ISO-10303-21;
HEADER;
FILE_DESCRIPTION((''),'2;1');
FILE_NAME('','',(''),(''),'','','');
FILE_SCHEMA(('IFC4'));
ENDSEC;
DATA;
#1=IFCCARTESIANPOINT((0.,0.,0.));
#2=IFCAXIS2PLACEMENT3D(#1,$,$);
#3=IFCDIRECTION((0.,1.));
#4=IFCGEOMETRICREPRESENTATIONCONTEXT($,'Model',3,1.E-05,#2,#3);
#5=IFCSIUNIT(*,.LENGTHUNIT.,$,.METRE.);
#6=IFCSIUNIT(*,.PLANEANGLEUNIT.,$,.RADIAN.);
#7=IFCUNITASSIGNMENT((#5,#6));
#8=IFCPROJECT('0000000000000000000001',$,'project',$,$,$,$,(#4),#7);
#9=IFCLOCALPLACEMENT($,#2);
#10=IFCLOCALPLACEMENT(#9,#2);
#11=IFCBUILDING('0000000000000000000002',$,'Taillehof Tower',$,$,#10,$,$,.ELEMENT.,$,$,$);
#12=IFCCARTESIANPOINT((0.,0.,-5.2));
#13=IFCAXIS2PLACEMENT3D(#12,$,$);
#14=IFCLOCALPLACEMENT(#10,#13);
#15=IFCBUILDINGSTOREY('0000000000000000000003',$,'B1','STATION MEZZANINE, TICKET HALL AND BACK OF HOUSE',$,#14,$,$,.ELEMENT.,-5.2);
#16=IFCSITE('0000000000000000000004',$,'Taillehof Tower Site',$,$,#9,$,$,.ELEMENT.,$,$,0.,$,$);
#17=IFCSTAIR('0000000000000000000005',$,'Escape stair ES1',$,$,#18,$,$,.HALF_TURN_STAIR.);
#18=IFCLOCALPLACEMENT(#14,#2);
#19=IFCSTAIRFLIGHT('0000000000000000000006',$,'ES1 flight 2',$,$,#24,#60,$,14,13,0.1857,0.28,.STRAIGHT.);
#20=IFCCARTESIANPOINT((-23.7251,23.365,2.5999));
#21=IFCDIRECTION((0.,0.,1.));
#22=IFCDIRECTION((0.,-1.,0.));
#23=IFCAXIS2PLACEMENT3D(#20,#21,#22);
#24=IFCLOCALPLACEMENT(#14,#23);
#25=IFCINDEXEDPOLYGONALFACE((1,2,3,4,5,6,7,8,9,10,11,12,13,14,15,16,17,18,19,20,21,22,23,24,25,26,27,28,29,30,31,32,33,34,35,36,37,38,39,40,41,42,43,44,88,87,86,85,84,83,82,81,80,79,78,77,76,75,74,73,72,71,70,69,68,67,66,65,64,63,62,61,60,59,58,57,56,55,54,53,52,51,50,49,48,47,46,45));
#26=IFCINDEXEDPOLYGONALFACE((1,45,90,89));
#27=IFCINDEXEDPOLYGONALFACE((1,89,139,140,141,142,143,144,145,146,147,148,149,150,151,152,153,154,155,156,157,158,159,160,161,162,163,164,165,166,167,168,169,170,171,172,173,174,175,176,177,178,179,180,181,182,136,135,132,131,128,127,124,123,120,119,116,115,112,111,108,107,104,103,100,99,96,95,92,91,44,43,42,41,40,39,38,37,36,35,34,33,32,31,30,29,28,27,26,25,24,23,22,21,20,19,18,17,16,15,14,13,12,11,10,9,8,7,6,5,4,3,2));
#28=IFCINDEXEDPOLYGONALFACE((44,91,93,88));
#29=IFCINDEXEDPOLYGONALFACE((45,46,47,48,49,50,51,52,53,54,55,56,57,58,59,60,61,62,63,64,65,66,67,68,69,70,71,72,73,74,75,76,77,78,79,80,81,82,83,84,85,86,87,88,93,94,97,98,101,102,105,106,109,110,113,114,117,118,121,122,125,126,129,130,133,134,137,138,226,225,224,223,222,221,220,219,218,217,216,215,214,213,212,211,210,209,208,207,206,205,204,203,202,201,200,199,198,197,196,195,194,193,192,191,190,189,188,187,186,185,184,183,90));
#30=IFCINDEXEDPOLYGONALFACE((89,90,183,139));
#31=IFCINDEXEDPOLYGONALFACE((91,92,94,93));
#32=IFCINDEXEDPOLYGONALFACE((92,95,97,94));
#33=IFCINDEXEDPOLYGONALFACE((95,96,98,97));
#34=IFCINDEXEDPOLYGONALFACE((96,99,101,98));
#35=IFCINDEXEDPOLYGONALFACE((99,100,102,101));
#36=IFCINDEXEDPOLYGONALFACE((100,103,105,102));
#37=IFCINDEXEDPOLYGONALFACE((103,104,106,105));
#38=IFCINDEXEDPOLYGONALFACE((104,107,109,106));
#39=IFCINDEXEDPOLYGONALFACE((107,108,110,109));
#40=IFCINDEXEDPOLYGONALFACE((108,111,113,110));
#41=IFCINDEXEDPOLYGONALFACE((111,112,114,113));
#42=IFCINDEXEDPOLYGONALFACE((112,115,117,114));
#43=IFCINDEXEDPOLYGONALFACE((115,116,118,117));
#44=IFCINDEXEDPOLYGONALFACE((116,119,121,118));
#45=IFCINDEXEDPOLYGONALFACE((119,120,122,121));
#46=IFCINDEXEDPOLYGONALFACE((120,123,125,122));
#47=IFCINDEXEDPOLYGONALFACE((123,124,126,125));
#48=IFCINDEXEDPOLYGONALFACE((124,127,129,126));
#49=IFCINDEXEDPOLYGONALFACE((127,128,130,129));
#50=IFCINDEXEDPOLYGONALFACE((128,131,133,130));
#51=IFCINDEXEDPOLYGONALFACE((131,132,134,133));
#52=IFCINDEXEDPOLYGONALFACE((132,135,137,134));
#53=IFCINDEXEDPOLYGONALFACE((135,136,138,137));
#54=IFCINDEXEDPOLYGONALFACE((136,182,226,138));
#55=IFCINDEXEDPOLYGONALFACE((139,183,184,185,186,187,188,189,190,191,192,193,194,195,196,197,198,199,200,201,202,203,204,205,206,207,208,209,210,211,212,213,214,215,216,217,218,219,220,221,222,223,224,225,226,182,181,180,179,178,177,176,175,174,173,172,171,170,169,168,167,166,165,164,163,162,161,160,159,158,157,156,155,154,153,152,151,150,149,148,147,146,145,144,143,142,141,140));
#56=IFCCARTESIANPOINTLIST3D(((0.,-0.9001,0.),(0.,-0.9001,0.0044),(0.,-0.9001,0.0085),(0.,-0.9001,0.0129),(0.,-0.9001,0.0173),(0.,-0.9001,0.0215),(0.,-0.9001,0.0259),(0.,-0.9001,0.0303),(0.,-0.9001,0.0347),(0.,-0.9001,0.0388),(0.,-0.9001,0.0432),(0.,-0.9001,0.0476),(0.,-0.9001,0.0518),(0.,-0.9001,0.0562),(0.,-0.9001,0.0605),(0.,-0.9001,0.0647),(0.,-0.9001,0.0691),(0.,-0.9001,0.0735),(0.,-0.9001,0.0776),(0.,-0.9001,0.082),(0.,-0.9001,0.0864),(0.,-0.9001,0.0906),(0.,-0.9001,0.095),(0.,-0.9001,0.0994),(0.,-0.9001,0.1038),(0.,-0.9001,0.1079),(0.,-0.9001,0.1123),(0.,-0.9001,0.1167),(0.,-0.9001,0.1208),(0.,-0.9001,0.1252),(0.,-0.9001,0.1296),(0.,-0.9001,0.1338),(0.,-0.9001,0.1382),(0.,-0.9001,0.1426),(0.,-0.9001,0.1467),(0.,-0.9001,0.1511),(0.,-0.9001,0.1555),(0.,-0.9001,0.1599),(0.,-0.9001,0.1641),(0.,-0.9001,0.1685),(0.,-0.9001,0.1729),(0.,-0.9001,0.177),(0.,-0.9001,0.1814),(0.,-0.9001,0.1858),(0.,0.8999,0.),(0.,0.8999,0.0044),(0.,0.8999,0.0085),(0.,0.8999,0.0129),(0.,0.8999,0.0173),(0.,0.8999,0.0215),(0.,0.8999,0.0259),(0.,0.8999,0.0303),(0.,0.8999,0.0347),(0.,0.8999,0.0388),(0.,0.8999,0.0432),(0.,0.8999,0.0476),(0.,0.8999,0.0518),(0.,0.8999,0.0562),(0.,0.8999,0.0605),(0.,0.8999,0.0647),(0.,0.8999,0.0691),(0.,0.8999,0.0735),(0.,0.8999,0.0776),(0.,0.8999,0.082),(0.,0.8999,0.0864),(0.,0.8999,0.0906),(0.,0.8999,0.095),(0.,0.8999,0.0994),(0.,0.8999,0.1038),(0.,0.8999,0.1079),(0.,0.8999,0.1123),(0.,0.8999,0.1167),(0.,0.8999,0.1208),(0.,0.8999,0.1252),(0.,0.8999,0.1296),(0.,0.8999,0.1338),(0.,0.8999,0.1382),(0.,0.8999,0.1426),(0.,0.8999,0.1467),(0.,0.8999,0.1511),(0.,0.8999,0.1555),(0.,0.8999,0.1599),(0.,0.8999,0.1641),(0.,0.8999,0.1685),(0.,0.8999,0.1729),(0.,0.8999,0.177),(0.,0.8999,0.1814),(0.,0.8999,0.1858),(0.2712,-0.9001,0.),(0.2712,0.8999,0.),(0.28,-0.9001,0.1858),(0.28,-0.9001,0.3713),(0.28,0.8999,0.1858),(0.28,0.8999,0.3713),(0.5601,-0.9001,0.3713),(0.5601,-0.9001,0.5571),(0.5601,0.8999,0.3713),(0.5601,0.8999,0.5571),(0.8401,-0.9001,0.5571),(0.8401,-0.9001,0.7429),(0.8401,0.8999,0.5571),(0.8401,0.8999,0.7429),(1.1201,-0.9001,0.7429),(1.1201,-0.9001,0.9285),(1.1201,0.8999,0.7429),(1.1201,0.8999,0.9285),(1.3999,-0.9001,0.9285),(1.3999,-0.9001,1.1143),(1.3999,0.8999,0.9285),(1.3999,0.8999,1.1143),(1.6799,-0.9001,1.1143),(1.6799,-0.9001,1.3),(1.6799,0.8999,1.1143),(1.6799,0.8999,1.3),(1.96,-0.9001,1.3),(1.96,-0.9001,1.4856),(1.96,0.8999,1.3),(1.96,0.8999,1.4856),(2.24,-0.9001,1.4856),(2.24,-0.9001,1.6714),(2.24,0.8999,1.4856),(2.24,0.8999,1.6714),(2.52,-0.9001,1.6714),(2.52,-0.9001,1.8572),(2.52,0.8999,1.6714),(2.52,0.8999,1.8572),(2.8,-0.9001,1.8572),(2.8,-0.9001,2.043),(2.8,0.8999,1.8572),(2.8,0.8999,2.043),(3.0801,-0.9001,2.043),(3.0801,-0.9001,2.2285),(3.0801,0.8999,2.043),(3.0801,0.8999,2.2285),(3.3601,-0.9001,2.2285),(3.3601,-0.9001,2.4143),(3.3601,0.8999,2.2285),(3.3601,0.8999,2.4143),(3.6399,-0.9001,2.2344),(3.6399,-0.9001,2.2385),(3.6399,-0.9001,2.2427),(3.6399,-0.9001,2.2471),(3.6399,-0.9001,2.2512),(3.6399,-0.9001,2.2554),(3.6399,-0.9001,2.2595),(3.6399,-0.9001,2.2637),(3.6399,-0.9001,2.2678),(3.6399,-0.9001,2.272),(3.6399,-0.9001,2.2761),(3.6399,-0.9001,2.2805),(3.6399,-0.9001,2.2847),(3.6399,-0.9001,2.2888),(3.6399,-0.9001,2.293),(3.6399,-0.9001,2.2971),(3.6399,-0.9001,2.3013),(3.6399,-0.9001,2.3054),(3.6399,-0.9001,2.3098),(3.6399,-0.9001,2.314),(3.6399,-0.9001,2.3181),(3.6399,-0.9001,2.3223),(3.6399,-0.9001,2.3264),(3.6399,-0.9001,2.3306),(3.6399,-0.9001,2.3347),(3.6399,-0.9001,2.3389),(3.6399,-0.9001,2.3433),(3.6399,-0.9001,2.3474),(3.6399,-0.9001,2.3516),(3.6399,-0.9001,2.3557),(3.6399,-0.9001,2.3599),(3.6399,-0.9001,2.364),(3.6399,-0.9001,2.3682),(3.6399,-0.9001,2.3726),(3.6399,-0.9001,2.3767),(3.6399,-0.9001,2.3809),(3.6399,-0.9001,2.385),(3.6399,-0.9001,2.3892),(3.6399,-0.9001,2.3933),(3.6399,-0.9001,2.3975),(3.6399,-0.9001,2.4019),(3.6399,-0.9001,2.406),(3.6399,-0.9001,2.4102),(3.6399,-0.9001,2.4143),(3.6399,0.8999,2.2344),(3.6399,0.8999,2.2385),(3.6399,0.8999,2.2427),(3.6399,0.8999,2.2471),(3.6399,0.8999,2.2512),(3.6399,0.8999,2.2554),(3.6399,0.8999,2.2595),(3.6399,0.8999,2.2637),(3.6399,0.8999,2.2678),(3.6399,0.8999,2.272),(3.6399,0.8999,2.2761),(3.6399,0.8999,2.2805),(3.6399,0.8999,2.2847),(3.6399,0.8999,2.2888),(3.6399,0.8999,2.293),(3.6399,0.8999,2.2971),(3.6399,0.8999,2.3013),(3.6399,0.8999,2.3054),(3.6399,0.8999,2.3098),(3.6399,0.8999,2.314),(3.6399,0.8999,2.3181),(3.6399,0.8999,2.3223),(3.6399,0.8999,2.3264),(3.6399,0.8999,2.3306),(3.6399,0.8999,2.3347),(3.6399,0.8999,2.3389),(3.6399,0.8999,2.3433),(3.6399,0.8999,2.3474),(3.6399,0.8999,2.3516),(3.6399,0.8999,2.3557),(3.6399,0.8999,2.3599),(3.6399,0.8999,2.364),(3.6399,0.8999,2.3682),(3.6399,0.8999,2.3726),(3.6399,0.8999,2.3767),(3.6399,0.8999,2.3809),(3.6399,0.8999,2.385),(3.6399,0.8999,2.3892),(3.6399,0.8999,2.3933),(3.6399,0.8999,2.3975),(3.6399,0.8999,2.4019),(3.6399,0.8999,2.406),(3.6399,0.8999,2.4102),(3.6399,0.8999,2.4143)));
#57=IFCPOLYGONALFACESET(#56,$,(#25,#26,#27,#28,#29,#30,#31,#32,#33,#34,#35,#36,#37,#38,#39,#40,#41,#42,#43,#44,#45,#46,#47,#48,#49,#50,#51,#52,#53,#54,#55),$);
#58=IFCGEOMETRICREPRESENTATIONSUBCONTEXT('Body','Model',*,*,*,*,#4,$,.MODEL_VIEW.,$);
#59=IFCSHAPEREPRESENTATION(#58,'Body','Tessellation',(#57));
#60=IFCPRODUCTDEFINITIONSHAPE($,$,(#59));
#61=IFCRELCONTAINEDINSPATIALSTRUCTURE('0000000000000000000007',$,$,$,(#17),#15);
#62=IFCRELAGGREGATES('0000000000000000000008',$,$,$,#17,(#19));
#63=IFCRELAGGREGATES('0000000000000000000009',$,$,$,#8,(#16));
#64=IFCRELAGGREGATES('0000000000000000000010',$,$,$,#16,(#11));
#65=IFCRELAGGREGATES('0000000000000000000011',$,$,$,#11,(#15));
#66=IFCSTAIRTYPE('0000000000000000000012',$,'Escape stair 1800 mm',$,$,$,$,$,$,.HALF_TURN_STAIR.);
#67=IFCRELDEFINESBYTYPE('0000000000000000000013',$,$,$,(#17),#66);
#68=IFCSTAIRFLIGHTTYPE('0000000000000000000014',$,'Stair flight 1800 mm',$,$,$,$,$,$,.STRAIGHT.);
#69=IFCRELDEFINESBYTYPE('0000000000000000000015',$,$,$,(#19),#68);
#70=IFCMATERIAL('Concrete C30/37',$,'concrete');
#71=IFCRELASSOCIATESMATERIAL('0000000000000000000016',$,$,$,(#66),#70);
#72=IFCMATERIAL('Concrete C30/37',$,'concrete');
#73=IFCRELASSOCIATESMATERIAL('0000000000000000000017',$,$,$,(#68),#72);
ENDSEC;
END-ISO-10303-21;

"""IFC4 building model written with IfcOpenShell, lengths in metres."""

from ifc_helpers import new_model, si_unit, direction, frame, origin, place, context, subcontext, project, spatial, polyline, outline, extrude, material, type_object, element, aggregate, save


model = new_model("IFC4")

# Units and contexts
model_context = context("Model", 3, precision=1e-05, world=origin(), true_north=direction((0.0, 1.0)))
body_context = subcontext(model_context, "Body", "Model", "MODEL_VIEW")
ifc_project = project(units=[si_unit("LENGTHUNIT", "METRE"), si_unit("PLANEANGLEUNIT", "RADIAN")], contexts=[model_context])

# Site, building, storey
site_placement = place(None, origin())
site = spatial("IfcSite", under=ifc_project, at=site_placement, Name="Taillehof Tower Site", CompositionType="ELEMENT", RefElevation=0.0)
building_placement = place(site_placement, origin())
building = spatial("IfcBuilding", under=site, at=building_placement, Name="Taillehof Tower", CompositionType="ELEMENT")
storey_placement = place(building_placement, frame((0.0, 0.0, -5.2)))
storey = spatial("IfcBuildingStorey", under=building, at=storey_placement, Name="B1", Description="STATION MEZZANINE, TICKET HALL AND BACK OF HOUSE", CompositionType="ELEMENT", Elevation=-5.2)

# Stair, stair flight
ifc_material_1 = material(Name="Concrete C30/37", Category="concrete")
stair_type = type_object("IfcStairType", Name="Escape stair 1800 mm", PredefinedType="HALF_TURN_STAIR", material=ifc_material_1)
stair_placement = place(storey_placement, origin())
stair = element("IfcStair", 1, at=stair_placement, inside=storey, type_object=stair_type, Name="Escape stair ES1", PredefinedType="HALF_TURN_STAIR")
ifc_material_2 = material(Name="Concrete C30/37", Category="concrete")
stair_flight_type = type_object("IfcStairFlightType", Name="Stair flight 1800 mm", PredefinedType="STRAIGHT", material=ifc_material_2)
stair_flight_1_placement = place(storey_placement, frame((-23.7251, 23.365, 2.5999), z_axis=(0.0, 0.0, 1.0), x_axis=(0.0, -1.0, 0.0)))
stair_flight_1 = element("IfcStairFlight", 2, at=stair_flight_1_placement, type_object=stair_flight_type, Name="ES1 flight 2", NumberOfRisers=14, NumberOfTreads=13, PredefinedType="STRAIGHT", RiserHeight=0.1857, TreadLength=0.28, context=body_context, shape_type="SweptSolid", body=[
    extrude(outline(polyline([(0.0, 0.0), (0.0, 0.0044), (0.0, 0.0085), (0.0, 0.0129), (0.0, 0.0173), (0.0, 0.0215), (0.0, 0.0259), (0.0, 0.0303), (0.0, 0.0347), (0.0, 0.0388), (0.0, 0.0432), (0.0, 0.0476), (0.0, 0.0518), (0.0, 0.0562), (0.0, 0.0605), (0.0, 0.0647), (0.0, 0.0691), (0.0, 0.0735), (0.0, 0.0776), (0.0, 0.082), (0.0, 0.0864), (0.0, 0.0906), (0.0, 0.095), (0.0, 0.0994), (0.0, 0.1038), (0.0, 0.1079), (0.0, 0.1123), (0.0, 0.1167), (0.0, 0.1208), (0.0, 0.1252), (0.0, 0.1296), (0.0, 0.1338), (0.0, 0.1382), (0.0, 0.1426), (0.0, 0.1467), (0.0, 0.1511), (0.0, 0.1555), (0.0, 0.1599), (0.0, 0.1641), (0.0, 0.1685), (0.0, 0.1729), (0.0, 0.177), (0.0, 0.1814), (0.0, 0.1858), (0.28, 0.1858), (0.28, 0.3713), (0.5601, 0.3713), (0.5601, 0.5571), (0.8401, 0.5571), (0.8401, 0.7429), (1.1201, 0.7429), (1.1201, 0.9285), (1.3999, 0.9285), (1.3999, 1.1143), (1.6799, 1.1143), (1.6799, 1.3), (1.96, 1.3), (1.96, 1.4856), (2.24, 1.4856), (2.24, 1.6714), (2.52, 1.6714), (2.52, 1.8572), (2.8, 1.8572), (2.8, 2.043), (3.0801, 2.043), (3.0801, 2.2285), (3.3601, 2.2285), (3.3601, 2.4143), (3.6399, 2.4143), (3.6399, 2.4102), (3.6399, 2.406), (3.6399, 2.4019), (3.6399, 2.3975), (3.6399, 2.3933), (3.6399, 2.3892), (3.6399, 2.385), (3.6399, 2.3809), (3.6399, 2.3767), (3.6399, 2.3726), (3.6399, 2.3682), (3.6399, 2.364), (3.6399, 2.3599), (3.6399, 2.3557), (3.6399, 2.3516), (3.6399, 2.3474), (3.6399, 2.3433), (3.6399, 2.3389), (3.6399, 2.3347), (3.6399, 2.3306), (3.6399, 2.3264), (3.6399, 2.3223), (3.6399, 2.3181), (3.6399, 2.314), (3.6399, 2.3098), (3.6399, 2.3054), (3.6399, 2.3013), (3.6399, 2.2971), (3.6399, 2.293), (3.6399, 2.2888), (3.6399, 2.2847), (3.6399, 2.2805), (3.6399, 2.2761), (3.6399, 2.272), (3.6399, 2.2678), (3.6399, 2.2637), (3.6399, 2.2595), (3.6399, 2.2554), (3.6399, 2.2512), (3.6399, 2.2471), (3.6399, 2.2427), (3.6399, 2.2385), (3.6399, 2.2344), (0.2712, 0.0), (0.0, 0.0)])), frame((0.0, 0.8999, 0.0), z_axis=(0.0, -1.0, 0.0), x_axis=(1.0, 0.0, 0.0)), (0.0, 0.0, 1.0), 1.8),
])
aggregate(stair, [stair_flight_1])

save(model, "model.ifc")
